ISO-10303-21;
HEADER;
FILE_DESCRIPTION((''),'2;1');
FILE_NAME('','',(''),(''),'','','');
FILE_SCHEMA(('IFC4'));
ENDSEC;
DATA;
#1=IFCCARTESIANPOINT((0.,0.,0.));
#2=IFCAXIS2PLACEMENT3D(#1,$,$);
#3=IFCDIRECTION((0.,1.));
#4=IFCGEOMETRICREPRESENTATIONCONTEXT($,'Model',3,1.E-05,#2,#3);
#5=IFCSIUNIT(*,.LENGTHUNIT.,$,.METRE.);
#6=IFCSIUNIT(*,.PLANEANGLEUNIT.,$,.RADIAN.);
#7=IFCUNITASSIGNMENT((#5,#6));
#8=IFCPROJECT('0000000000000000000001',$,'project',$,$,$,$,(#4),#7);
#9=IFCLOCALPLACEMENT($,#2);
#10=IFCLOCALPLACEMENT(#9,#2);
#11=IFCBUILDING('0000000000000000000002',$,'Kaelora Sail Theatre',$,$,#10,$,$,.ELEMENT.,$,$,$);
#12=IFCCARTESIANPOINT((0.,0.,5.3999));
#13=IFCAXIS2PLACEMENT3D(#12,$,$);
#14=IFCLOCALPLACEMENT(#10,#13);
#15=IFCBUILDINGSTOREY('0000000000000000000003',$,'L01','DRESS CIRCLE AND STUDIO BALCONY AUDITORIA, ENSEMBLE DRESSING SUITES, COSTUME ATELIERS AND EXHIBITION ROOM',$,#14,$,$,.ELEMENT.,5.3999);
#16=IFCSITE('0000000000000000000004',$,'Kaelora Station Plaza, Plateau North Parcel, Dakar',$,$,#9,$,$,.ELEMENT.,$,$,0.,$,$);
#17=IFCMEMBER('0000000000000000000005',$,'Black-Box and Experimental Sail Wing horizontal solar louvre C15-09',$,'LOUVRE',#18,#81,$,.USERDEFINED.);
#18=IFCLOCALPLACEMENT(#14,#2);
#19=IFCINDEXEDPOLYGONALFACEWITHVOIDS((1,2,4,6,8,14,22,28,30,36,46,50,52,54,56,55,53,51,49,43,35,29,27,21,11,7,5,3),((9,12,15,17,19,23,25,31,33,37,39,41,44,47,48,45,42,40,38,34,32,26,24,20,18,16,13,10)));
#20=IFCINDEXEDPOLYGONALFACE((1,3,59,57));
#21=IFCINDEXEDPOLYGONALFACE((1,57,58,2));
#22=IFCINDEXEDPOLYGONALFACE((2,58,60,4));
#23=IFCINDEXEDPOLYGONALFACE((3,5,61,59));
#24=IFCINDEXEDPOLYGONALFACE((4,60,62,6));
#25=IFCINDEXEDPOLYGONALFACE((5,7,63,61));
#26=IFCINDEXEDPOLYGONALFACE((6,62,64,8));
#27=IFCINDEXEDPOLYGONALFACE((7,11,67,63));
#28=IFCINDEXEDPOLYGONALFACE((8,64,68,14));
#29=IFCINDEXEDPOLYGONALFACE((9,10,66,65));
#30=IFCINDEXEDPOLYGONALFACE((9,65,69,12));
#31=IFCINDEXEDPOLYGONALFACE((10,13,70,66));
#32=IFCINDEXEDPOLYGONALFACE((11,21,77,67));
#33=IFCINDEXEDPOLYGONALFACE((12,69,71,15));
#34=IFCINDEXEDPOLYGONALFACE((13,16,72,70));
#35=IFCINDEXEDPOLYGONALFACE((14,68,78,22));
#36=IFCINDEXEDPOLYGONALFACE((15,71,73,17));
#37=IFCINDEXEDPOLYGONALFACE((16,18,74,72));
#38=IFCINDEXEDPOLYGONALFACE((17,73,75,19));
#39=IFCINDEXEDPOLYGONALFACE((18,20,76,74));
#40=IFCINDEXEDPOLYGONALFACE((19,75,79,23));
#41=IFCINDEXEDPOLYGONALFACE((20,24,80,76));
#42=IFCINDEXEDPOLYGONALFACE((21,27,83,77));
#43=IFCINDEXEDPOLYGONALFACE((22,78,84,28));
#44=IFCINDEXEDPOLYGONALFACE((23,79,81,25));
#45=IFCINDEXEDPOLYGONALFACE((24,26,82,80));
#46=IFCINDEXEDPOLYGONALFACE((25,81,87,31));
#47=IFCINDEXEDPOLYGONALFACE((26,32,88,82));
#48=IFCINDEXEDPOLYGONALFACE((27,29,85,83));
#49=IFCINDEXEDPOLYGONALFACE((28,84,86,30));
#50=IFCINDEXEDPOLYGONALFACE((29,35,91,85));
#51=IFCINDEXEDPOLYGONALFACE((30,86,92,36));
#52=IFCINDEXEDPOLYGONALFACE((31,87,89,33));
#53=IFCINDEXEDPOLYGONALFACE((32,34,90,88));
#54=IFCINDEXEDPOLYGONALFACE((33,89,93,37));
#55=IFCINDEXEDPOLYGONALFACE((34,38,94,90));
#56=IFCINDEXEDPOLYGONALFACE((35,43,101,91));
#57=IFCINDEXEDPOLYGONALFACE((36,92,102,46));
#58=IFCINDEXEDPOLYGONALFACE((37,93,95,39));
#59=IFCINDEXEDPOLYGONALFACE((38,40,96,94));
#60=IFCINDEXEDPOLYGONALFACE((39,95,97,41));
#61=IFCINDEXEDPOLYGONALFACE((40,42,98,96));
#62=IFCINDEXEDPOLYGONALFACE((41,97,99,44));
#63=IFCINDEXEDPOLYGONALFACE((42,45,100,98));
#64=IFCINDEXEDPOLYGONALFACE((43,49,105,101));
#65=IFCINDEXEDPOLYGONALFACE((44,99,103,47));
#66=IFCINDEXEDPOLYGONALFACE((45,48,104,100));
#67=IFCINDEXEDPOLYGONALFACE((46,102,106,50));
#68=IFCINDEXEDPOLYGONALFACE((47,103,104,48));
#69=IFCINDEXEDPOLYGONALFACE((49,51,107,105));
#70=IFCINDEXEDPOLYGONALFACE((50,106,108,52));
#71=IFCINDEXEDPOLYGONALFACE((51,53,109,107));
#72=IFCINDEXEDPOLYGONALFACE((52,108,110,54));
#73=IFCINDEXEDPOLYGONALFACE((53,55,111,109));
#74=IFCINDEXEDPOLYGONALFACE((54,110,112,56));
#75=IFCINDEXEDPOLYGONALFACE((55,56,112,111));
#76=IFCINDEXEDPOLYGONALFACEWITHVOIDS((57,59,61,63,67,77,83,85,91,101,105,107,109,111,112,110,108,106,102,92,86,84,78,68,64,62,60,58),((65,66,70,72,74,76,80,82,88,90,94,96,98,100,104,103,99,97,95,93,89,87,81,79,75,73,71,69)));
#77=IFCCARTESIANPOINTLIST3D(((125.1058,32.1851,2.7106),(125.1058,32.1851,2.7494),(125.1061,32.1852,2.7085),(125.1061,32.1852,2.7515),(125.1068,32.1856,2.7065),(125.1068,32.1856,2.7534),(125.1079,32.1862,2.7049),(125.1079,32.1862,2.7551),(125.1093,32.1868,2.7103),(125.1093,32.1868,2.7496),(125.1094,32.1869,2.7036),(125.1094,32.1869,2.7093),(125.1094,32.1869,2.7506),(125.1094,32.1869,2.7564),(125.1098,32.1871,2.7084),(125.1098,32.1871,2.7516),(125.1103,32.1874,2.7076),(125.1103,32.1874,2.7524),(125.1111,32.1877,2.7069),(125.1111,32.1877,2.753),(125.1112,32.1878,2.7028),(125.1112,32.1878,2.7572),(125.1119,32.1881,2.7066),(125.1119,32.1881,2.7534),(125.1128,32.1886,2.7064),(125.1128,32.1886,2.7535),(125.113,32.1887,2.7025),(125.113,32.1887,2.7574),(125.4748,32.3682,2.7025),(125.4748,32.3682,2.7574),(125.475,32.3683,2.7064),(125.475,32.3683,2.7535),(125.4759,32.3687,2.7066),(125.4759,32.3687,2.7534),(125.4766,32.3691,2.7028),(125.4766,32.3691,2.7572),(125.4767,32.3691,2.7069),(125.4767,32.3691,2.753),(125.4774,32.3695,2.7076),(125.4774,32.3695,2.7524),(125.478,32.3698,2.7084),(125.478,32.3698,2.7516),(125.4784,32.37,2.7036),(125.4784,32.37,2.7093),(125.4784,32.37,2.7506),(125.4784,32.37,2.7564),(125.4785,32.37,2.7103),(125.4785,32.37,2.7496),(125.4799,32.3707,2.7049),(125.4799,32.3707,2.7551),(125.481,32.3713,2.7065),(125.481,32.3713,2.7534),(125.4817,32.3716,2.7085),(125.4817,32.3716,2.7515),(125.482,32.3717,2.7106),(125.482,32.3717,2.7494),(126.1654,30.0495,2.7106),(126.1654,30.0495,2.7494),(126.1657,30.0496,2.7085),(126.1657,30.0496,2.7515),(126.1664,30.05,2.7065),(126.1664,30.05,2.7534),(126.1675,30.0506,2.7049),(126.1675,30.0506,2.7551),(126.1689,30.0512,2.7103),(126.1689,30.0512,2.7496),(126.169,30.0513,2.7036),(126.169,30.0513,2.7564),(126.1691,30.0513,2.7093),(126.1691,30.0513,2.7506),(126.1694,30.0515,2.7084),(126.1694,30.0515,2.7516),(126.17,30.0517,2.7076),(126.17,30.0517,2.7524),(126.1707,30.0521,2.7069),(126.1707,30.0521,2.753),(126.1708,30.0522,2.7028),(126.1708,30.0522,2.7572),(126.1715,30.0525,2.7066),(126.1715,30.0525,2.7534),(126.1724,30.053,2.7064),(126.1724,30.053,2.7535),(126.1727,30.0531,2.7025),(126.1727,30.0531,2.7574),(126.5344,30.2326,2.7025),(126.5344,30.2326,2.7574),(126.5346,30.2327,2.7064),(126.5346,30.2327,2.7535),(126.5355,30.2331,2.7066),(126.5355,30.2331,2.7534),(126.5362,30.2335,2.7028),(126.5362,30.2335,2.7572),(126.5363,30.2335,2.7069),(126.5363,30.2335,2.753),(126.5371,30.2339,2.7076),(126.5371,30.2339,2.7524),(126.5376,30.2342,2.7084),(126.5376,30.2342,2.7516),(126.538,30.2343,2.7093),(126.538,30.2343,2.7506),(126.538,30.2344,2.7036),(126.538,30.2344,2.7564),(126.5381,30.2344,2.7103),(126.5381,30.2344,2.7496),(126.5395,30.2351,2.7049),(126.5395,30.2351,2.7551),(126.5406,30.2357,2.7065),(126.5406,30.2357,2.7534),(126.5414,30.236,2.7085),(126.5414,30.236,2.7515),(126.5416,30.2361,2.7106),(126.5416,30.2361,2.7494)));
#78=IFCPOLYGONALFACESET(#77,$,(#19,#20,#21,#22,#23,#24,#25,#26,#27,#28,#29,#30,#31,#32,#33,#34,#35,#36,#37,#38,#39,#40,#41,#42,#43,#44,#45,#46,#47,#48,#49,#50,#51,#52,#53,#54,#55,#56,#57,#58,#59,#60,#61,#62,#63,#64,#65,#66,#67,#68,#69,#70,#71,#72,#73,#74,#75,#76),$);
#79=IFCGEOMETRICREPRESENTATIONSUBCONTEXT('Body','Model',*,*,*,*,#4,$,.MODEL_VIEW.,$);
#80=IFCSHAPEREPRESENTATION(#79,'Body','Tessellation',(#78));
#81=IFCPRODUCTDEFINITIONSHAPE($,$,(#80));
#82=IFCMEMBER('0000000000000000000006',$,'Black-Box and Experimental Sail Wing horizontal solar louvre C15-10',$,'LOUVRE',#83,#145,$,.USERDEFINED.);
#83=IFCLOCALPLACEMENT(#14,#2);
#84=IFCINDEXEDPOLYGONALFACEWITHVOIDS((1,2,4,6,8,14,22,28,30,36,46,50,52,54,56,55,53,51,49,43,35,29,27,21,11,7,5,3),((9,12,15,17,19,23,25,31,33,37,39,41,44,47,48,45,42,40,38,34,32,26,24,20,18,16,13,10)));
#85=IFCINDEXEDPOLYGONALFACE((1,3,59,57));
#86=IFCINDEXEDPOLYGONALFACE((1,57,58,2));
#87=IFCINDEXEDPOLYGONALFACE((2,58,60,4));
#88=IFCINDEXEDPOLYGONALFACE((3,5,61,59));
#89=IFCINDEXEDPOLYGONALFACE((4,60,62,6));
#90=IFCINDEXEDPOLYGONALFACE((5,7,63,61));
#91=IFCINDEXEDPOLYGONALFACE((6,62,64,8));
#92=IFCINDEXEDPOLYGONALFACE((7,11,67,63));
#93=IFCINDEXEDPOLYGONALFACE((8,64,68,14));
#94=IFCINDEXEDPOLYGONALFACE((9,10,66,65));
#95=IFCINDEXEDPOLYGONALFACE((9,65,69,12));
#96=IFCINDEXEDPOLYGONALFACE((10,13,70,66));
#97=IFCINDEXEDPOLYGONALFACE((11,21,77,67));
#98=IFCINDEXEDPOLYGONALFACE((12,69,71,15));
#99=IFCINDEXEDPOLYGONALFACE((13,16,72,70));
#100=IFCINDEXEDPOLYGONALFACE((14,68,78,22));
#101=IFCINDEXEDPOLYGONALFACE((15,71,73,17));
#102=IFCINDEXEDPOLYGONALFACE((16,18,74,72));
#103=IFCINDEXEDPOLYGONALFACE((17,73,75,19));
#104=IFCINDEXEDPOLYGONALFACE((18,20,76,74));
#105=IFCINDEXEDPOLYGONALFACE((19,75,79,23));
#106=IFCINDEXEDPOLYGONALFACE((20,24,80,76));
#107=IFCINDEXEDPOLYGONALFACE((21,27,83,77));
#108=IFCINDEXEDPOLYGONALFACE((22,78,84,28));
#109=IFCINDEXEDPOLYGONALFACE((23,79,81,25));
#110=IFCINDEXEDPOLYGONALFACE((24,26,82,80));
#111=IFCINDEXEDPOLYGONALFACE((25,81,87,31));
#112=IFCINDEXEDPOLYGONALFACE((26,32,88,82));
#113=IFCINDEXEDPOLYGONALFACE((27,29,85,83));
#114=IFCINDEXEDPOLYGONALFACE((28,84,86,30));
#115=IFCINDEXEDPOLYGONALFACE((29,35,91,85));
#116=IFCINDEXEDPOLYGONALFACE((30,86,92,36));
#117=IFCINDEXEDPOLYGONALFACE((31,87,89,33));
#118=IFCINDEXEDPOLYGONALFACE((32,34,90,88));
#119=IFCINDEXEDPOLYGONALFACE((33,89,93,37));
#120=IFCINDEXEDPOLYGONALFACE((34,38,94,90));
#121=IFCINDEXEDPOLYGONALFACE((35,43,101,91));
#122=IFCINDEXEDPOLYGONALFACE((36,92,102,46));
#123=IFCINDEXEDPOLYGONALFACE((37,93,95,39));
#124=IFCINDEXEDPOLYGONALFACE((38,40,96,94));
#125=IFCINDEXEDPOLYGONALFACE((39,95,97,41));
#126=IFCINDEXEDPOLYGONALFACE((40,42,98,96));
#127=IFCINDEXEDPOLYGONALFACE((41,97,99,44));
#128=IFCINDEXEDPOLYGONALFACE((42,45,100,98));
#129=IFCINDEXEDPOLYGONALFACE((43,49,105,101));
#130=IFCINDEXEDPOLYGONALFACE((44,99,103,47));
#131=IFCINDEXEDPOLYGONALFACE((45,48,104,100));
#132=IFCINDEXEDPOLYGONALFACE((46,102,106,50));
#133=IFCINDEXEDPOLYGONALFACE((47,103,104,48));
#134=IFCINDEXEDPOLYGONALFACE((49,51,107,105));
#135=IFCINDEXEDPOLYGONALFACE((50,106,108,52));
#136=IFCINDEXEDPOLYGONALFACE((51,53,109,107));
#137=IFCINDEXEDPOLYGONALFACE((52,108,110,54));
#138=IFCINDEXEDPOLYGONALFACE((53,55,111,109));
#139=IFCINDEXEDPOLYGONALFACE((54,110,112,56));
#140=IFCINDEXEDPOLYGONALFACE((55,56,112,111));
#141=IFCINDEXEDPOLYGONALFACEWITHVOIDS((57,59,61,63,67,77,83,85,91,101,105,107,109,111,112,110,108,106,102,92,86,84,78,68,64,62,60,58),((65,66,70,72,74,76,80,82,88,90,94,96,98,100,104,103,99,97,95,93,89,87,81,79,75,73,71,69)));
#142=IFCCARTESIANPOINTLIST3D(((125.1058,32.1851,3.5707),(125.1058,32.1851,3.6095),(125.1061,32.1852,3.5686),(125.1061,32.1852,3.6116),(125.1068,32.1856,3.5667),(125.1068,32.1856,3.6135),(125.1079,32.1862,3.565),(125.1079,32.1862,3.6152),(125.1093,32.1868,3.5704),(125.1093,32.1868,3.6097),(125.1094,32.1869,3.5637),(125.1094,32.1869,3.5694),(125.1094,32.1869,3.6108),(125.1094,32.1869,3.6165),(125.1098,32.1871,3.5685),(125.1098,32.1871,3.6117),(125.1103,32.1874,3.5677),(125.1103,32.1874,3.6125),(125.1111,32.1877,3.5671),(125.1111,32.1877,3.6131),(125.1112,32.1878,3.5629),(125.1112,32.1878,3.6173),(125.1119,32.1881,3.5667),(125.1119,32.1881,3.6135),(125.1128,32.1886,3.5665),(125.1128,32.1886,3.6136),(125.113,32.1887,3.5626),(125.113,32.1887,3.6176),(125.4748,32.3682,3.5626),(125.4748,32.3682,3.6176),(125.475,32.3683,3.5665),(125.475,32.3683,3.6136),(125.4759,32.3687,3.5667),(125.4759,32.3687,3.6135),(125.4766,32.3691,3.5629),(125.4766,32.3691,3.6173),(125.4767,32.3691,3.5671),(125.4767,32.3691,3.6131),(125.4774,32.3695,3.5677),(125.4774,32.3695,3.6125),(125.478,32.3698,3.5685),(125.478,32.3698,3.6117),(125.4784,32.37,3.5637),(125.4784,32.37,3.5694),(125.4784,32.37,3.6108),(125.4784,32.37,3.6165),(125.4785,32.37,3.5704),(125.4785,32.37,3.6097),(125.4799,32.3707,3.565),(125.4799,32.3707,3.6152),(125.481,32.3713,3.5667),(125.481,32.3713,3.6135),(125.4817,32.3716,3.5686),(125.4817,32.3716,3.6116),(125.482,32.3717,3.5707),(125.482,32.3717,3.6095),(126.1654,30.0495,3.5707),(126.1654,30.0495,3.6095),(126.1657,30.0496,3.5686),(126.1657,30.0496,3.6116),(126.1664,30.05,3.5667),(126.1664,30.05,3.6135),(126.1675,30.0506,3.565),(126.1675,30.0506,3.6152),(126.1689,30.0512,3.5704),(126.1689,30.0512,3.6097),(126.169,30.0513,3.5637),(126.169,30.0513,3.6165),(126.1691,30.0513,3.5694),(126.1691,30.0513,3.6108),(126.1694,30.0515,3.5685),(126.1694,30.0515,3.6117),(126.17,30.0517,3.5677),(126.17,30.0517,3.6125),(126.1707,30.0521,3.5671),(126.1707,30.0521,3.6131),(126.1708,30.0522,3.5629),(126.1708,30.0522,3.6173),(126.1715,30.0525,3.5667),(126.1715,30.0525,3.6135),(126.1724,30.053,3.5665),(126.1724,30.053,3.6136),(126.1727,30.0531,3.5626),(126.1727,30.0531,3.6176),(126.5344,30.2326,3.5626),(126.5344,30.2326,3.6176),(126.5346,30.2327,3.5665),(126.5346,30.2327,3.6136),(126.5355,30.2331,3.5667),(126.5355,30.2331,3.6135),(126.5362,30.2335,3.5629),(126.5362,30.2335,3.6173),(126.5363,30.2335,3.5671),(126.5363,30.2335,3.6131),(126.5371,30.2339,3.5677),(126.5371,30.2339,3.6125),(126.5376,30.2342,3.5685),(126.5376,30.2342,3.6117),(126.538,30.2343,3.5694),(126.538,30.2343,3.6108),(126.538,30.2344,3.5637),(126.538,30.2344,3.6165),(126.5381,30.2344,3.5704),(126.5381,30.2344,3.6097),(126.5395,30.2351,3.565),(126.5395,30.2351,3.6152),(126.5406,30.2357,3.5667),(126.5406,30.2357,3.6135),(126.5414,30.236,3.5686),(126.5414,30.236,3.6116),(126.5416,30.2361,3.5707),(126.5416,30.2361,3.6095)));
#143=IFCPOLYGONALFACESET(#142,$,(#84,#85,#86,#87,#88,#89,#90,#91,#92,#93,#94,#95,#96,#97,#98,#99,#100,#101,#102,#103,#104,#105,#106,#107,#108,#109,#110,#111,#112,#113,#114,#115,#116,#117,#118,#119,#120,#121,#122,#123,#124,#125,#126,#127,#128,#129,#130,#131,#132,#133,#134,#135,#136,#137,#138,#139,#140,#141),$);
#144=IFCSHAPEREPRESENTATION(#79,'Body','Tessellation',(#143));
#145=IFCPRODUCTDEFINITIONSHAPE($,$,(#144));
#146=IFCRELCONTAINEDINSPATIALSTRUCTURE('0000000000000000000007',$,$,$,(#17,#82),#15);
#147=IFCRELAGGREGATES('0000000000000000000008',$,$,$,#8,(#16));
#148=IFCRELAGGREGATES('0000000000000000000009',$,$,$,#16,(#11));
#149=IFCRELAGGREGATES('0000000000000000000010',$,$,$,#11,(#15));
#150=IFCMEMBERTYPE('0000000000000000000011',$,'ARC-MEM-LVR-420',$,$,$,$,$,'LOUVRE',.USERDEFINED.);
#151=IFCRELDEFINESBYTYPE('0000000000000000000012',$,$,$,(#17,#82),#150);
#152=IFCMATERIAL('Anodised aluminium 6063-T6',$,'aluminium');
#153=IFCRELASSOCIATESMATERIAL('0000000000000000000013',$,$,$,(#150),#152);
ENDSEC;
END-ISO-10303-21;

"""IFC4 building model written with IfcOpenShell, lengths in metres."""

from ifc_helpers import new_model, si_unit, direction, frame, origin, origin_2d, place, context, subcontext, project, spatial, hollow_rectangle, extrude, material, material_profile, profile_set, type_object, element, save


model = new_model("IFC4")

# Units and contexts
model_context = context("Model", 3, precision=1e-05, world=origin(), true_north=direction((0.0, 1.0)))
body_context = subcontext(model_context, "Body", "Model", "MODEL_VIEW")
ifc_project = project(units=[si_unit("LENGTHUNIT", "METRE"), si_unit("PLANEANGLEUNIT", "RADIAN")], contexts=[model_context])

# Site, building, storey
site_placement = place(None, origin())
site = spatial("IfcSite", under=ifc_project, at=site_placement, Name="Kaelora Station Plaza, Plateau North Parcel, Dakar", CompositionType="ELEMENT", RefElevation=0.0)
building_placement = place(site_placement, origin())
building = spatial("IfcBuilding", under=site, at=building_placement, Name="Kaelora Sail Theatre", CompositionType="ELEMENT")
storey_placement = place(building_placement, frame((0.0, 0.0, 5.3999)))
storey = spatial("IfcBuildingStorey", under=building, at=storey_placement, Name="L01", Description="DRESS CIRCLE AND STUDIO BALCONY AUDITORIA, ENSEMBLE DRESSING SUITES, COSTUME ATELIERS AND EXHIBITION ROOM", CompositionType="ELEMENT", Elevation=5.3999)

# Members
ifc_material_1 = material(Name="Anodised aluminium 6063-T6", Category="aluminium")
ifc_material_profile_1 = material_profile(ifc_material_1, hollow_rectangle(XDim=0.4199, YDim=0.0549, WallThickness=0.0039, InnerFilletRadius=0.0039, OuterFilletRadius=0.0081, at=origin_2d()), Name="LOUVRE 420x55x4")
ifc_profile_set_1 = profile_set([ifc_material_profile_1], Name="Anodised aluminium 6063-T6")
member_type = type_object("IfcMemberType", Name="ARC-MEM-LVR-420", ElementType="LOUVRE", PredefinedType="USERDEFINED", material=ifc_profile_set_1)
for number, where, z_axis, x_axis, name in (
    (1, (126.3535, 30.1428, 2.73), (-0.444467, 0.895795, 0.0), (-0.895795, -0.444467, 0.0), "Black-Box and Experimental Sail Wing horizontal solar louvre C15-09"),
    (2, (126.3535, 30.1428, 3.5901), (-0.444467, 0.895795, 0.0), (-0.895795, -0.444467, 0.0), "Black-Box and Experimental Sail Wing horizontal solar louvre C15-10"),
):
    element("IfcMember", number, at=place(storey_placement, frame(where, z_axis=z_axis, x_axis=x_axis)), inside=storey, type_object=member_type, Name=name, ObjectType="LOUVRE", PredefinedType="USERDEFINED", context=body_context, shape_type="SweptSolid", body=[
        extrude(hollow_rectangle(XDim=0.4199, YDim=0.0549, WallThickness=0.0039, InnerFilletRadius=0.0039, OuterFilletRadius=0.0081, at=origin_2d()), origin(), (0.0, 0.0, 1.0), 2.384),
    ])

save(model, "model.ifc")
